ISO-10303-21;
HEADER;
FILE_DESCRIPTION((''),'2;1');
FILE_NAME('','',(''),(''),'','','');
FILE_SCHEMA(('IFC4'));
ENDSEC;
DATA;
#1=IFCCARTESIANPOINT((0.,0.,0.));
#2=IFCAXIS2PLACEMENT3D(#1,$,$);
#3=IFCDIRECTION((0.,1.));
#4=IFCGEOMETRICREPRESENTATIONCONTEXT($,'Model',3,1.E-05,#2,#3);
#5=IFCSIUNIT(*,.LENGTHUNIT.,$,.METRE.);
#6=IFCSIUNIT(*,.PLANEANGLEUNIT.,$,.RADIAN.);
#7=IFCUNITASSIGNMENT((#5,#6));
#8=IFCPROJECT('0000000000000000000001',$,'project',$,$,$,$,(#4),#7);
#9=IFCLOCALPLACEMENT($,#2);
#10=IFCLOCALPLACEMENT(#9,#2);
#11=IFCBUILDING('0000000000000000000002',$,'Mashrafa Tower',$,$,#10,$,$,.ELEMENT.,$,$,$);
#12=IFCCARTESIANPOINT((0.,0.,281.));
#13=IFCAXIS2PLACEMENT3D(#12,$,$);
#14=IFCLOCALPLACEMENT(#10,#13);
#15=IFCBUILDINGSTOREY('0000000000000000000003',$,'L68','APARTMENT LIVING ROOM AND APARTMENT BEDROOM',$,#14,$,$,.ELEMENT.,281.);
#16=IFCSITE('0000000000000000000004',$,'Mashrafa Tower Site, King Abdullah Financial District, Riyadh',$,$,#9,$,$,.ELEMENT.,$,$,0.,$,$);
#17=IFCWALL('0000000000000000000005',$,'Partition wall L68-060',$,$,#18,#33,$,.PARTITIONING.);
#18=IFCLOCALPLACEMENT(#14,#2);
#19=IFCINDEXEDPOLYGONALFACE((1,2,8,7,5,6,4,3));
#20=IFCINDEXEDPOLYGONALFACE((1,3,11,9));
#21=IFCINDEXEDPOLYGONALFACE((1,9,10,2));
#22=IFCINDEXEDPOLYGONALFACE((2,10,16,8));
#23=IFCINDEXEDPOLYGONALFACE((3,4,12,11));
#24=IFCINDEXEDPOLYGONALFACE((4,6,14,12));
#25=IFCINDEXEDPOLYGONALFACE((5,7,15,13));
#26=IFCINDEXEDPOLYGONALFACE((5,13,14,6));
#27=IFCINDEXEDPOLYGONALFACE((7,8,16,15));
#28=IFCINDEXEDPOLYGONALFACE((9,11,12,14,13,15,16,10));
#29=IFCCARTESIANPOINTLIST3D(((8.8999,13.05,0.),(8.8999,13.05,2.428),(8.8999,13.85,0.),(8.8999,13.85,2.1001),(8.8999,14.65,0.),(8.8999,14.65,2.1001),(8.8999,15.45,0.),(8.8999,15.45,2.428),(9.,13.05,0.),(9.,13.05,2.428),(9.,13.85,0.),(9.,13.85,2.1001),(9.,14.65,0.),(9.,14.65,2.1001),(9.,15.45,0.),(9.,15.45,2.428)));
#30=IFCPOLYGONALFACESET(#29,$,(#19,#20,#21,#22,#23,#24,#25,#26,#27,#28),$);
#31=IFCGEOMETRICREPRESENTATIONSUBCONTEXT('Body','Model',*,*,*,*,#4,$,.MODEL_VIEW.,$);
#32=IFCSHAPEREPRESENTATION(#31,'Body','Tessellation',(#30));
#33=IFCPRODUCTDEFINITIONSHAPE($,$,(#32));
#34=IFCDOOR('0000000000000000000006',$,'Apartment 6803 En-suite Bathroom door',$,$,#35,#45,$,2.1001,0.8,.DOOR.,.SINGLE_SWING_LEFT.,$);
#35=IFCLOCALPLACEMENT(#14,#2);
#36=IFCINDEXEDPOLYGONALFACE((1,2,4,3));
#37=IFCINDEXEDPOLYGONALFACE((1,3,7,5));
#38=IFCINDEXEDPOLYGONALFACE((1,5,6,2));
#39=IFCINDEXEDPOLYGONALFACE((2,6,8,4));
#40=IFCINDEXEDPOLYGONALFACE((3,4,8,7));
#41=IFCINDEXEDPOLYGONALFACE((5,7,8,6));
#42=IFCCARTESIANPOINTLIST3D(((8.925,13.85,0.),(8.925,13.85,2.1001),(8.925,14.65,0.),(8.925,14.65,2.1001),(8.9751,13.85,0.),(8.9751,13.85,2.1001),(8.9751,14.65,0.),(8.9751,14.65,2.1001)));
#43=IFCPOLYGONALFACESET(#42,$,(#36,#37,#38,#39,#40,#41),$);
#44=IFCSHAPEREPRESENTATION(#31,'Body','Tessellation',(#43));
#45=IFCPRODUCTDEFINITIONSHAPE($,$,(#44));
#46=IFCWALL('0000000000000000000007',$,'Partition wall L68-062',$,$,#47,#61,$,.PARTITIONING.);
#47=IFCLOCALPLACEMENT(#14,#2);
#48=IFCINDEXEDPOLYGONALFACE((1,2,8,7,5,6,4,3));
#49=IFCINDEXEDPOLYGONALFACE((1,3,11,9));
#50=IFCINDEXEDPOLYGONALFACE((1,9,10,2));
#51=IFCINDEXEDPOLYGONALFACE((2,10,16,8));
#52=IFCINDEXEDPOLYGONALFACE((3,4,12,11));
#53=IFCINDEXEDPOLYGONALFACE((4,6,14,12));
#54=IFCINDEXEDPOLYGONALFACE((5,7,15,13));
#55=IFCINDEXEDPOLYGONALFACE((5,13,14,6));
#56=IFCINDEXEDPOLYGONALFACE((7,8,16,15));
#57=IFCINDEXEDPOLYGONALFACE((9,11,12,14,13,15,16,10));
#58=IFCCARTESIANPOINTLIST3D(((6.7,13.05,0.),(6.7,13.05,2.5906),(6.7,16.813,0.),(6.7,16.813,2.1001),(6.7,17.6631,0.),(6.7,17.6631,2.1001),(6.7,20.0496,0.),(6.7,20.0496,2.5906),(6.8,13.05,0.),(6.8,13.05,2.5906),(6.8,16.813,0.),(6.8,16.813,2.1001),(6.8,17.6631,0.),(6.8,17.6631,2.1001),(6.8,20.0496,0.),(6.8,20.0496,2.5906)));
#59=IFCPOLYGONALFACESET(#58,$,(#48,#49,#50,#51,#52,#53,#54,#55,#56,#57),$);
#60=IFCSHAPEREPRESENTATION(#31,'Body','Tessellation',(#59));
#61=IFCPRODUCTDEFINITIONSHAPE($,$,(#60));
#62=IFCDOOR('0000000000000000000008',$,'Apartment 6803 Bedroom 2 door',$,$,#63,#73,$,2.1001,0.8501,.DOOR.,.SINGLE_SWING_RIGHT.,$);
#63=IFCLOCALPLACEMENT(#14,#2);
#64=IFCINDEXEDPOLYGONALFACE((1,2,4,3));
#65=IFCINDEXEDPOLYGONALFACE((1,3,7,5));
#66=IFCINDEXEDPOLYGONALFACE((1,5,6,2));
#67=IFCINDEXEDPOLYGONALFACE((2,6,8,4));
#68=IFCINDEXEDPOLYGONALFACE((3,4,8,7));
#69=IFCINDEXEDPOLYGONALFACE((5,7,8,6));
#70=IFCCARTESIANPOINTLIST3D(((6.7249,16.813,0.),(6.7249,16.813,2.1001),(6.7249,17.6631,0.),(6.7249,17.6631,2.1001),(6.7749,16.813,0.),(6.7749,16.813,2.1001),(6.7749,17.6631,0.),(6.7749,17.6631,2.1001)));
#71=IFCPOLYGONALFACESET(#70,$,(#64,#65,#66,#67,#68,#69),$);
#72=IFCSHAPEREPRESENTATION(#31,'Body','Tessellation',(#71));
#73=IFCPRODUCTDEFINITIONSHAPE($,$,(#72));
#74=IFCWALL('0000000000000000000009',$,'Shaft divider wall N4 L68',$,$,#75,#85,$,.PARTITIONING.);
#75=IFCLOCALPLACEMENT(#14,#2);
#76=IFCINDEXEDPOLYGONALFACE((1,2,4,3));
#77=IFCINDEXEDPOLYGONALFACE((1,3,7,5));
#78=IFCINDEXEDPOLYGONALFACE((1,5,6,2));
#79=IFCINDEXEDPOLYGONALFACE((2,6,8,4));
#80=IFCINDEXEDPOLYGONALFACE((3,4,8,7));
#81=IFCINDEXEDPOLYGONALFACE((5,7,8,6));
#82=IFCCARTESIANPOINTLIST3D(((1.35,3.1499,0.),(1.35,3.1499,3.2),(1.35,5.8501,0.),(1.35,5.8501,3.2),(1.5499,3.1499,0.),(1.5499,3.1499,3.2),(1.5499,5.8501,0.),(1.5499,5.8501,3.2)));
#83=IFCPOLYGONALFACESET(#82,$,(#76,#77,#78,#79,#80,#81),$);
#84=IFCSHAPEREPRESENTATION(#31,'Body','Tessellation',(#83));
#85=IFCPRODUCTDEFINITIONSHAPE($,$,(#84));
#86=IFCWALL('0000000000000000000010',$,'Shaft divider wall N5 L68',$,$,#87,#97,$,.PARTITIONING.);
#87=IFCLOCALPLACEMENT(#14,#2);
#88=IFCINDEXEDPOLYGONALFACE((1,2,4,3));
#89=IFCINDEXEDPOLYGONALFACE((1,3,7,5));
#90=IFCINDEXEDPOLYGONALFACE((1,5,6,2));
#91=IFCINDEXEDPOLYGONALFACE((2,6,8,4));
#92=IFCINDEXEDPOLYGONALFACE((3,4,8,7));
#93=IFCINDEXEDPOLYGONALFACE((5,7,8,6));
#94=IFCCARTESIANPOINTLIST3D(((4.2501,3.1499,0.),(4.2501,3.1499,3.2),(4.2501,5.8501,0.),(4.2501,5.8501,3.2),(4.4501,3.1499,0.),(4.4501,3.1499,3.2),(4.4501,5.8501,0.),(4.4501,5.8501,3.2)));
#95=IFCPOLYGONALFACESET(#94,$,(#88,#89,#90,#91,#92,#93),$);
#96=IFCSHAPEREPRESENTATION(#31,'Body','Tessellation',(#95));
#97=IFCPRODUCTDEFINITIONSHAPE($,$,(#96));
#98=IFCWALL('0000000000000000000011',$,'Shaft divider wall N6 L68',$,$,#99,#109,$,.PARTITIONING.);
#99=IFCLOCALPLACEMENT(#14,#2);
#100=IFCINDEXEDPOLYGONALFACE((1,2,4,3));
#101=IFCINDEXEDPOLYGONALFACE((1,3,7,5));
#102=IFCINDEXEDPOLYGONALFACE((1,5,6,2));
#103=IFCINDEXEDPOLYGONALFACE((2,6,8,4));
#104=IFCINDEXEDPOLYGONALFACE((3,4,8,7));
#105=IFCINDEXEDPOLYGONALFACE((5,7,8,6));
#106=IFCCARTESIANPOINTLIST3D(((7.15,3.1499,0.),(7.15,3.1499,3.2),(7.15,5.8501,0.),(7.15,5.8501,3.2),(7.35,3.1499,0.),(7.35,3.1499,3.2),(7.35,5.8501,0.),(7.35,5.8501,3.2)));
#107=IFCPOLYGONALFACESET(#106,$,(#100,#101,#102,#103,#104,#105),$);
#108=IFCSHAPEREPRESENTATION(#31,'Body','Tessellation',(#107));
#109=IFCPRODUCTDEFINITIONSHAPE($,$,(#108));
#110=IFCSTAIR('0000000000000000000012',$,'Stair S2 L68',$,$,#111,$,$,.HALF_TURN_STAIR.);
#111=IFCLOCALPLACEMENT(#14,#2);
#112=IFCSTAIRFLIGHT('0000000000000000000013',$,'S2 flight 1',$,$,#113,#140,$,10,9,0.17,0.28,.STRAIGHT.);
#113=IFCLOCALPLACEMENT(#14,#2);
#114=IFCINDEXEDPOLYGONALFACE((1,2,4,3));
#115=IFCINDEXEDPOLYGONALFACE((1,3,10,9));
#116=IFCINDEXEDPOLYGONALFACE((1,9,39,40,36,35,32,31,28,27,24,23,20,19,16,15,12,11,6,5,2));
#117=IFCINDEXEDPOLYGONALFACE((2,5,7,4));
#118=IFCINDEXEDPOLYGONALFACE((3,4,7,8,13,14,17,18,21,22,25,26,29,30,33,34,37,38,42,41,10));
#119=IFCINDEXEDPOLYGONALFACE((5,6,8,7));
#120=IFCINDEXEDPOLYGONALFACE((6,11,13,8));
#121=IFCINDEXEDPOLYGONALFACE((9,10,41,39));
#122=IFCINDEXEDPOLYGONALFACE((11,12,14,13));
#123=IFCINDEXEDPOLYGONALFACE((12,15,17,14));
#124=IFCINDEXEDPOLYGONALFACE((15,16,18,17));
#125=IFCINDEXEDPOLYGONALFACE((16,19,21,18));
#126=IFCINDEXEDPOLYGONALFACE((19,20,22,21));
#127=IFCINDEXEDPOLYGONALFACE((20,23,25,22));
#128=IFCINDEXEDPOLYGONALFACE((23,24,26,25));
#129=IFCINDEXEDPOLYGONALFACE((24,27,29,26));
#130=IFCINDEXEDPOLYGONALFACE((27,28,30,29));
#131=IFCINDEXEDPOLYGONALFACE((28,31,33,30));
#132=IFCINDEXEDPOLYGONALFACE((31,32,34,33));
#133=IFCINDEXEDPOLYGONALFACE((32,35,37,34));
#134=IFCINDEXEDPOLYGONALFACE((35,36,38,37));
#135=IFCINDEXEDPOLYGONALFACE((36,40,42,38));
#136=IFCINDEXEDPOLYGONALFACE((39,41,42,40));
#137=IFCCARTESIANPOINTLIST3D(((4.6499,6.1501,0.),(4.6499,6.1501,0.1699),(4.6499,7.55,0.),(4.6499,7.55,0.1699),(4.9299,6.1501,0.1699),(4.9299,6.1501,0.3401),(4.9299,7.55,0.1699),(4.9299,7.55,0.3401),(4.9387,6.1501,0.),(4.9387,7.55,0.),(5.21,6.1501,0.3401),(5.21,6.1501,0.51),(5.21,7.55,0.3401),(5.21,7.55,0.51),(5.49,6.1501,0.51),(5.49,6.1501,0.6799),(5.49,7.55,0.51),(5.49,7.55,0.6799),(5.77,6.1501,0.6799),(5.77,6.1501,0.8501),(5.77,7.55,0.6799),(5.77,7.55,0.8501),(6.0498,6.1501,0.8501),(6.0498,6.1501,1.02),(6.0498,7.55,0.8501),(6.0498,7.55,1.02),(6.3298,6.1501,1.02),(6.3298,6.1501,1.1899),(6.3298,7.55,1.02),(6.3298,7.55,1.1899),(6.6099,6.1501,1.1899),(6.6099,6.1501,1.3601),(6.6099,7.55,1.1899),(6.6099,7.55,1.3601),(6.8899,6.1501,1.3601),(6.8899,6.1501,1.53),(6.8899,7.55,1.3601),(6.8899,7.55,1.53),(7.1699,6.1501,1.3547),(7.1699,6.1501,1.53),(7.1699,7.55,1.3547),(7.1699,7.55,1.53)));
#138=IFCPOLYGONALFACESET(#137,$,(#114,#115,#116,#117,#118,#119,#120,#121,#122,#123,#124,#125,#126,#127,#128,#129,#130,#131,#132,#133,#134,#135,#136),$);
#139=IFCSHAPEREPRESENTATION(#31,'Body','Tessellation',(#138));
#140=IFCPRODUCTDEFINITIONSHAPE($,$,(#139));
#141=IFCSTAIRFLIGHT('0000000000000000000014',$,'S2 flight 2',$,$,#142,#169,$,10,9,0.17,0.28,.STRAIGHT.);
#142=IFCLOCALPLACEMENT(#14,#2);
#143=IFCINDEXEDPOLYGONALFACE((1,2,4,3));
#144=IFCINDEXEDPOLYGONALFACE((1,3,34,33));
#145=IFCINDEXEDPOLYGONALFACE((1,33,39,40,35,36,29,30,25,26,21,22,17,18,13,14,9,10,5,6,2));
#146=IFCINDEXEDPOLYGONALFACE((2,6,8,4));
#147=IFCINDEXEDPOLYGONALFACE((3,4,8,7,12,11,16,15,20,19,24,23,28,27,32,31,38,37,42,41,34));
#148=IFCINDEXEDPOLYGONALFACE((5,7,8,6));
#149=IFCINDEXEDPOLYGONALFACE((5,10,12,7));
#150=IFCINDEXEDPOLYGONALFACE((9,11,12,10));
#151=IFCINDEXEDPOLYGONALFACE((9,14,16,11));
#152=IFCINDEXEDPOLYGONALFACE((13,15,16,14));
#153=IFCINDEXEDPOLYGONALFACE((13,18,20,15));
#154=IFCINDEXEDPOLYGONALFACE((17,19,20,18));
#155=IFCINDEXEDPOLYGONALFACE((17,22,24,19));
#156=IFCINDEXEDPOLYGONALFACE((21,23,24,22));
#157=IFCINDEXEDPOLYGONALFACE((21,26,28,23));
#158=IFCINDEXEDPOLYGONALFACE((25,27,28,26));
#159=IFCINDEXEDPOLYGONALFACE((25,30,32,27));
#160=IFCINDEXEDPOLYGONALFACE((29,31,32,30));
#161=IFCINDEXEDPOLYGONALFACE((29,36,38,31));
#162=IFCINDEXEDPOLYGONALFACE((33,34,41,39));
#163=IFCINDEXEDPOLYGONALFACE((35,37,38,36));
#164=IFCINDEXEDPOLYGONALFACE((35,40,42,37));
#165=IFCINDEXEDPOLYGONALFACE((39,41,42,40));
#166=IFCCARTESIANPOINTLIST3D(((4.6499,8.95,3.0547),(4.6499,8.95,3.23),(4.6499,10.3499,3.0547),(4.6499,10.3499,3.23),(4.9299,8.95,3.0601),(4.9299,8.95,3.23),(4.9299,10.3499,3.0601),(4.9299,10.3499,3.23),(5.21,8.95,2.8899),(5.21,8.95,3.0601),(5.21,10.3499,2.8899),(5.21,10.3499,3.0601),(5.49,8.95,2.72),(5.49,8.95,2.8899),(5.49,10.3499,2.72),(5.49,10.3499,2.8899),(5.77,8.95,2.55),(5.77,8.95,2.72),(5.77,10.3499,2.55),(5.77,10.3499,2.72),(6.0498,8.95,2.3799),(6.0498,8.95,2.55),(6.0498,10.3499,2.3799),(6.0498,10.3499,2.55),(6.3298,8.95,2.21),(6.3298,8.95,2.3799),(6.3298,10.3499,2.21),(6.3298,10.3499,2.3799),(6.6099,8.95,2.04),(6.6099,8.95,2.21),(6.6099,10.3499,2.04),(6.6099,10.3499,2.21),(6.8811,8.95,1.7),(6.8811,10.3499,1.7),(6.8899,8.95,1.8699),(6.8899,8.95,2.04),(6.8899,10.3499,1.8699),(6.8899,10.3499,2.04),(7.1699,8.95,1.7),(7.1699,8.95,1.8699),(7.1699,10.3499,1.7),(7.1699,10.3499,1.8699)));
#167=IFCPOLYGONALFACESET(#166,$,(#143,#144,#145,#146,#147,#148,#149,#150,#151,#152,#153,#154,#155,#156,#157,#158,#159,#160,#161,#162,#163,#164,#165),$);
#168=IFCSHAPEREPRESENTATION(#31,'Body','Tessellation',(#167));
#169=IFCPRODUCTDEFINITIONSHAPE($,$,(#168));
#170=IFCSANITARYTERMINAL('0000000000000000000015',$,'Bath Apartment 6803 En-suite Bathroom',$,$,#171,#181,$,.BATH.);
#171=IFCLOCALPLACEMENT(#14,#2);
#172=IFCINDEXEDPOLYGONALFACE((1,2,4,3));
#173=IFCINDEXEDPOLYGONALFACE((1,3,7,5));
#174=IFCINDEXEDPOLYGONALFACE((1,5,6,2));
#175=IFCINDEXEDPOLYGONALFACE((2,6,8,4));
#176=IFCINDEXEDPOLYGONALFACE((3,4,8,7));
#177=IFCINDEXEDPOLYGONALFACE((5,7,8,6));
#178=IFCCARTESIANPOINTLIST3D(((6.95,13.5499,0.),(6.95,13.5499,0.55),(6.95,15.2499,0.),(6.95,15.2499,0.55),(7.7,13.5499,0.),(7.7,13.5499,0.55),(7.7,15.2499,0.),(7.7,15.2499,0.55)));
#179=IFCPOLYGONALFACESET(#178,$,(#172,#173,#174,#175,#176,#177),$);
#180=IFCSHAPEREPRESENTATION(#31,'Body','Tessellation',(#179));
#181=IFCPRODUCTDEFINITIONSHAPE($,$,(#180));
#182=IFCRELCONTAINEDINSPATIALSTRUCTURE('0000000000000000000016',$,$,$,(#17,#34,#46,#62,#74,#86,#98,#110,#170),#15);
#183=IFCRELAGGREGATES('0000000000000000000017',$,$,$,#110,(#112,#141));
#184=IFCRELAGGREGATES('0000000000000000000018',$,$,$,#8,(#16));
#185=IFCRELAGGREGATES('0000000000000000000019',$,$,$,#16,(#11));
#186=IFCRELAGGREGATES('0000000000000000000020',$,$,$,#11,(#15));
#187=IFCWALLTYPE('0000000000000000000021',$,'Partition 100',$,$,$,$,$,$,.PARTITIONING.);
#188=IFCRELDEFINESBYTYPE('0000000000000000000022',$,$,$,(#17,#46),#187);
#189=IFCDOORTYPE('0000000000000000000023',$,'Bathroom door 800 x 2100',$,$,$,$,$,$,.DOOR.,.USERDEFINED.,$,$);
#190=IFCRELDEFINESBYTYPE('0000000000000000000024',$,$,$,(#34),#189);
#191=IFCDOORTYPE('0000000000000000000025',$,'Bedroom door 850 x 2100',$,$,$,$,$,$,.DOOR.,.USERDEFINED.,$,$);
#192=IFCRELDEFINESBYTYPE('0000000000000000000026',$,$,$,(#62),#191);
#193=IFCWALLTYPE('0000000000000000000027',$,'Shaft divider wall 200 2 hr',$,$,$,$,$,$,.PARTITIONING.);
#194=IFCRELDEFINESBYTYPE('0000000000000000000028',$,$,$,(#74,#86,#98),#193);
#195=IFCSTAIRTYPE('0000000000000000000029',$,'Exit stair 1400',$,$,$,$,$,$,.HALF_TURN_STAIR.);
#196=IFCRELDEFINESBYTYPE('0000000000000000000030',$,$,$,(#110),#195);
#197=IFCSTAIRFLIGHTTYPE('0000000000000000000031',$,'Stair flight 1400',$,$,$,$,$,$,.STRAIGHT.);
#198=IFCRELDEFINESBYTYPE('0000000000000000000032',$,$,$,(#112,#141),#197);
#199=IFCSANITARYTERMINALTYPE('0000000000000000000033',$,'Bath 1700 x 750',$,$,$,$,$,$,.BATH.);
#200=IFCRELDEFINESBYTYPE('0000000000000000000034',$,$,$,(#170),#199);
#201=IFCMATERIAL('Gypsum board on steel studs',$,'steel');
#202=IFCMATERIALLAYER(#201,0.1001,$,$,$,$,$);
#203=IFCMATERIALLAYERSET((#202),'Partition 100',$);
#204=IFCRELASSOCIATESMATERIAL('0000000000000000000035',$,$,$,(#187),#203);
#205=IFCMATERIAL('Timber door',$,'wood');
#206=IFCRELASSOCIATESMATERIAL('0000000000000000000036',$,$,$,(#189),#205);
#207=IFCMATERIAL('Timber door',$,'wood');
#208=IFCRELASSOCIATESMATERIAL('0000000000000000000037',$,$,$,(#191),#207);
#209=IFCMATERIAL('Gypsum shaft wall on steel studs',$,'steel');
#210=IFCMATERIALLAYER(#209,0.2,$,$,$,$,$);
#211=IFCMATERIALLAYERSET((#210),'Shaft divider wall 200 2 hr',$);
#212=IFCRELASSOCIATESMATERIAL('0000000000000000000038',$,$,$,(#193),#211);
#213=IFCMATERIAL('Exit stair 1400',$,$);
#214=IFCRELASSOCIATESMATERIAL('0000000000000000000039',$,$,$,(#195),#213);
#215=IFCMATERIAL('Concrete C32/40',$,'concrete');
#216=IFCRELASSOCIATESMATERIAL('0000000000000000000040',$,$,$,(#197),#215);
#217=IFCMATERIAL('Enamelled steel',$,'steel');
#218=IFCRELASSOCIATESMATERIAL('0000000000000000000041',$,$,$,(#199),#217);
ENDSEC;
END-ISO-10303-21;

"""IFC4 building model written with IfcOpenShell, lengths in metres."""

from ifc_helpers import new_model, si_unit, direction, frame, frame_2d, origin, origin_2d, place, context, subcontext, project, spatial, polyline, rectangle, outline, extrude, material, layer, layer_set, type_object, element, fill, aggregate, save


model = new_model("IFC4")

# Units and contexts
model_context = context("Model", 3, precision=1e-05, world=origin(), true_north=direction((0.0, 1.0)))
body_context = subcontext(model_context, "Body", "Model", "MODEL_VIEW")
ifc_project = project(units=[si_unit("LENGTHUNIT", "METRE"), si_unit("PLANEANGLEUNIT", "RADIAN")], contexts=[model_context])

# Site, building, storey
site_placement = place(None, origin())
site = spatial("IfcSite", under=ifc_project, at=site_placement, Name="Mashrafa Tower Site, King Abdullah Financial District, Riyadh", CompositionType="ELEMENT", RefElevation=0.0)
building_placement = place(site_placement, origin())
building = spatial("IfcBuilding", under=site, at=building_placement, Name="Mashrafa Tower", CompositionType="ELEMENT")
storey_placement = place(building_placement, frame((0.0, 0.0, 281.0)))
storey = spatial("IfcBuildingStorey", under=building, at=storey_placement, Name="L68", Description="APARTMENT LIVING ROOM AND APARTMENT BEDROOM", CompositionType="ELEMENT", Elevation=281.0)

# Shared definitions
ifc_material_1 = material(Name="Gypsum board on steel studs", Category="steel")
ifc_layer_1 = layer(ifc_material_1, 0.1001)
ifc_layer_set_1 = layer_set([ifc_layer_1], Name="Partition 100")
wall_type_1 = type_object("IfcWallType", Name="Partition 100", PredefinedType="PARTITIONING", material=ifc_layer_set_1)

# Walls, openings, doors
wall_1_placement = place(storey_placement, frame((8.95, 13.05, 0.0), z_axis=(0.0, 0.0, 1.0), x_axis=(0.0, 1.0, 0.0)))
wall_1 = element("IfcWall", 1, at=wall_1_placement, inside=storey, type_object=wall_type_1, Name="Partition wall L68-060", PredefinedType="PARTITIONING", context=body_context, shape_type="SweptSolid", body=[
    extrude(rectangle(XDim=2.3999, YDim=0.1001, at=frame_2d((1.2, 0.0))), origin(), (0.0, 0.0, 1.0), 2.428),
])
opening_1_placement = place(wall_1_placement, frame((0.8, 0.0, 0.0)))
opening_1 = element("IfcOpeningElement", 2, at=opening_1_placement, cuts=wall_1, PredefinedType="OPENING", context=body_context, shape_type="SweptSolid", body=[
    extrude(rectangle(XDim=0.8, YDim=2.1001, at=frame_2d((0.3999, 1.05))), frame((0.0, 0.0601, 0.0), z_axis=(0.0, -1.0, 0.0), x_axis=(1.0, 0.0, 0.0)), (0.0, 0.0, 1.0), 0.1201),
])
ifc_material_2 = material(Name="Timber door", Category="wood")
door_type_1 = type_object("IfcDoorType", Name="Bathroom door 800 x 2100", OperationType="USERDEFINED", PredefinedType="DOOR", material=ifc_material_2)
door_1_placement = place(opening_1_placement, origin())
door_1 = element("IfcDoor", 3, at=door_1_placement, inside=storey, type_object=door_type_1, Name="Apartment 6803 En-suite Bathroom door", OperationType="SINGLE_SWING_LEFT", OverallHeight=2.1001, OverallWidth=0.8, PredefinedType="DOOR", context=body_context, shape_type="SweptSolid", body=[
    extrude(rectangle(XDim=0.8, YDim=2.1001, at=frame_2d((0.3999, 1.05))), frame((0.0, 0.0249, 0.0), z_axis=(0.0, -1.0, 0.0), x_axis=(1.0, 0.0, 0.0)), (0.0, 0.0, 1.0), 0.05),
])
fill(opening_1, door_1)
wall_2_placement = place(storey_placement, frame((6.75, 13.05, 0.0), z_axis=(0.0, 0.0, 1.0), x_axis=(0.0, 1.0, 0.0)))
wall_2 = element("IfcWall", 4, at=wall_2_placement, inside=storey, type_object=wall_type_1, Name="Partition wall L68-062", PredefinedType="PARTITIONING", context=body_context, shape_type="SweptSolid", body=[
    extrude(rectangle(XDim=6.9995, YDim=0.1001, at=frame_2d((3.4998, 0.0))), origin(), (0.0, 0.0, 1.0), 2.5906),
])
opening_2_placement = place(wall_2_placement, frame((3.7629, 0.0, 0.0)))
opening_2 = element("IfcOpeningElement", 5, at=opening_2_placement, cuts=wall_2, PredefinedType="OPENING", context=body_context, shape_type="SweptSolid", body=[
    extrude(rectangle(XDim=0.8501, YDim=2.1001, at=frame_2d((0.425, 1.05))), frame((0.0, 0.0601, 0.0), z_axis=(0.0, -1.0, 0.0), x_axis=(1.0, 0.0, 0.0)), (0.0, 0.0, 1.0), 0.1201),
])
ifc_material_3 = material(Name="Timber door", Category="wood")
door_type_2 = type_object("IfcDoorType", Name="Bedroom door 850 x 2100", OperationType="USERDEFINED", PredefinedType="DOOR", material=ifc_material_3)
door_2_placement = place(opening_2_placement, frame((0.8501, 0.0, 0.0), z_axis=(0.0, 0.0, 1.0), x_axis=(-1.0, 0.0, 0.0)))
door_2 = element("IfcDoor", 6, at=door_2_placement, inside=storey, type_object=door_type_2, Name="Apartment 6803 Bedroom 2 door", OperationType="SINGLE_SWING_RIGHT", OverallHeight=2.1001, OverallWidth=0.8501, PredefinedType="DOOR", context=body_context, shape_type="SweptSolid", body=[
    extrude(rectangle(XDim=0.8501, YDim=2.1001, at=frame_2d((0.425, 1.05))), frame((0.0, 0.0249, 0.0), z_axis=(0.0, -1.0, 0.0), x_axis=(1.0, 0.0, 0.0)), (0.0, 0.0, 1.0), 0.05),
])
fill(opening_2, door_2)

# Walls
ifc_material_4 = material(Name="Gypsum shaft wall on steel studs", Category="steel")
ifc_layer_2 = layer(ifc_material_4, 0.2)
ifc_layer_set_2 = layer_set([ifc_layer_2], Name="Shaft divider wall 200 2 hr")
wall_type_2 = type_object("IfcWallType", Name="Shaft divider wall 200 2 hr", PredefinedType="PARTITIONING", material=ifc_layer_set_2)
for number, where, z_axis, x_axis, name in (
    (7, (1.45, 3.1499, 0.0), (0.0, 0.0, 1.0), (0.0, 1.0, 0.0), "Shaft divider wall N4 L68"),
    (8, (4.3501, 3.1499, 0.0), (0.0, 0.0, 1.0), (0.0, 1.0, 0.0), "Shaft divider wall N5 L68"),
    (9, (7.25, 3.1499, 0.0), (0.0, 0.0, 1.0), (0.0, 1.0, 0.0), "Shaft divider wall N6 L68"),
):
    element("IfcWall", number, at=place(storey_placement, frame(where, z_axis=z_axis, x_axis=x_axis)), inside=storey, type_object=wall_type_2, Name=name, PredefinedType="PARTITIONING", context=body_context, shape_type="SweptSolid", body=[
        extrude(rectangle(XDim=2.7002, YDim=0.2, at=frame_2d((1.3501, 0.0))), origin(), (0.0, 0.0, 1.0), 3.2),
    ])

# Stair, stair flights
ifc_material_5 = material(Name="Exit stair 1400")
stair_type = type_object("IfcStairType", Name="Exit stair 1400", PredefinedType="HALF_TURN_STAIR", material=ifc_material_5)
stair_placement = place(storey_placement, origin())
stair = element("IfcStair", 10, at=stair_placement, inside=storey, type_object=stair_type, Name="Stair S2 L68", PredefinedType="HALF_TURN_STAIR")
ifc_material_6 = material(Name="Concrete C32/40", Category="concrete")
stair_flight_type = type_object("IfcStairFlightType", Name="Stair flight 1400", PredefinedType="STRAIGHT", material=ifc_material_6)
stair_flight_1_placement = place(storey_placement, frame((4.6499, 6.8501, 0.0), z_axis=(0.0, 0.0, 1.0), x_axis=(1.0, 0.0, 0.0)))
stair_flight_1 = element("IfcStairFlight", 11, at=stair_flight_1_placement, type_object=stair_flight_type, Name="S2 flight 1", NumberOfRisers=10, NumberOfTreads=9, PredefinedType="STRAIGHT", RiserHeight=0.17, TreadLength=0.28, context=body_context, shape_type="SweptSolid", body=[
    extrude(outline(polyline([(0.0, 0.0), (0.0, 0.1699), (0.28, 0.1699), (0.28, 0.3401), (0.5601, 0.3401), (0.5601, 0.51), (0.8401, 0.51), (0.8401, 0.6799), (1.1201, 0.6799), (1.1201, 0.8501), (1.3999, 0.8501), (1.3999, 1.02), (1.6799, 1.02), (1.6799, 1.1899), (1.96, 1.1899), (1.96, 1.3601), (2.24, 1.3601), (2.24, 1.53), (2.52, 1.53), (2.52, 1.7), (2.52, 1.3547), (0.2888, 0.0), (0.0, 0.0)])), frame((0.0, 0.7, 0.0), z_axis=(0.0, -1.0, 0.0), x_axis=(1.0, 0.0, 0.0)), (0.0, 0.0, 1.0), 1.3999),
])
stair_flight_2_placement = place(storey_placement, frame((7.1699, 9.6499, 1.7), z_axis=(0.0, 0.0, 1.0), x_axis=(-1.0, 0.0, 0.0)))
stair_flight_2 = element("IfcStairFlight", 12, at=stair_flight_2_placement, type_object=stair_flight_type, Name="S2 flight 2", NumberOfRisers=10, NumberOfTreads=9, PredefinedType="STRAIGHT", RiserHeight=0.17, TreadLength=0.28, context=body_context, shape_type="SweptSolid", body=[
    extrude(outline(polyline([(0.0, 0.0), (0.0, 0.1699), (0.28, 0.1699), (0.28, 0.3401), (0.5601, 0.3401), (0.5601, 0.51), (0.8401, 0.51), (0.8401, 0.6799), (1.1201, 0.6799), (1.1201, 0.8501), (1.3999, 0.8501), (1.3999, 1.02), (1.6799, 1.02), (1.6799, 1.1899), (1.96, 1.1899), (1.96, 1.3601), (2.24, 1.3601), (2.24, 1.53), (2.52, 1.53), (2.52, 1.7), (2.52, 1.3547), (0.2888, 0.0), (0.0, 0.0)])), frame((0.0, 0.7, 0.0), z_axis=(0.0, -1.0, 0.0), x_axis=(1.0, 0.0, 0.0)), (0.0, 0.0, 1.0), 1.3999),
])
aggregate(stair, [stair_flight_1, stair_flight_2])

# Sanitary terminal
ifc_material_7 = material(Name="Enamelled steel", Category="steel")
sanitary_terminal_type_1 = type_object("IfcSanitaryTerminalType", Name="Bath 1700 x 750", PredefinedType="BATH", material=ifc_material_7)
sanitary_terminal_placement = place(storey_placement, frame((7.325, 14.3999, 0.0), z_axis=(0.0, 0.0, 1.0), x_axis=(0.0, -1.0, 0.0)))
element("IfcSanitaryTerminal", 13, at=sanitary_terminal_placement, inside=storey, type_object=sanitary_terminal_type_1, Name="Bath Apartment 6803 En-suite Bathroom", PredefinedType="BATH", context=body_context, shape_type="SweptSolid", body=[
    extrude(rectangle(XDim=1.7, YDim=0.75, at=origin_2d()), origin(), (0.0, 0.0, 1.0), 0.55),
])

save(model, "model.ifc")
